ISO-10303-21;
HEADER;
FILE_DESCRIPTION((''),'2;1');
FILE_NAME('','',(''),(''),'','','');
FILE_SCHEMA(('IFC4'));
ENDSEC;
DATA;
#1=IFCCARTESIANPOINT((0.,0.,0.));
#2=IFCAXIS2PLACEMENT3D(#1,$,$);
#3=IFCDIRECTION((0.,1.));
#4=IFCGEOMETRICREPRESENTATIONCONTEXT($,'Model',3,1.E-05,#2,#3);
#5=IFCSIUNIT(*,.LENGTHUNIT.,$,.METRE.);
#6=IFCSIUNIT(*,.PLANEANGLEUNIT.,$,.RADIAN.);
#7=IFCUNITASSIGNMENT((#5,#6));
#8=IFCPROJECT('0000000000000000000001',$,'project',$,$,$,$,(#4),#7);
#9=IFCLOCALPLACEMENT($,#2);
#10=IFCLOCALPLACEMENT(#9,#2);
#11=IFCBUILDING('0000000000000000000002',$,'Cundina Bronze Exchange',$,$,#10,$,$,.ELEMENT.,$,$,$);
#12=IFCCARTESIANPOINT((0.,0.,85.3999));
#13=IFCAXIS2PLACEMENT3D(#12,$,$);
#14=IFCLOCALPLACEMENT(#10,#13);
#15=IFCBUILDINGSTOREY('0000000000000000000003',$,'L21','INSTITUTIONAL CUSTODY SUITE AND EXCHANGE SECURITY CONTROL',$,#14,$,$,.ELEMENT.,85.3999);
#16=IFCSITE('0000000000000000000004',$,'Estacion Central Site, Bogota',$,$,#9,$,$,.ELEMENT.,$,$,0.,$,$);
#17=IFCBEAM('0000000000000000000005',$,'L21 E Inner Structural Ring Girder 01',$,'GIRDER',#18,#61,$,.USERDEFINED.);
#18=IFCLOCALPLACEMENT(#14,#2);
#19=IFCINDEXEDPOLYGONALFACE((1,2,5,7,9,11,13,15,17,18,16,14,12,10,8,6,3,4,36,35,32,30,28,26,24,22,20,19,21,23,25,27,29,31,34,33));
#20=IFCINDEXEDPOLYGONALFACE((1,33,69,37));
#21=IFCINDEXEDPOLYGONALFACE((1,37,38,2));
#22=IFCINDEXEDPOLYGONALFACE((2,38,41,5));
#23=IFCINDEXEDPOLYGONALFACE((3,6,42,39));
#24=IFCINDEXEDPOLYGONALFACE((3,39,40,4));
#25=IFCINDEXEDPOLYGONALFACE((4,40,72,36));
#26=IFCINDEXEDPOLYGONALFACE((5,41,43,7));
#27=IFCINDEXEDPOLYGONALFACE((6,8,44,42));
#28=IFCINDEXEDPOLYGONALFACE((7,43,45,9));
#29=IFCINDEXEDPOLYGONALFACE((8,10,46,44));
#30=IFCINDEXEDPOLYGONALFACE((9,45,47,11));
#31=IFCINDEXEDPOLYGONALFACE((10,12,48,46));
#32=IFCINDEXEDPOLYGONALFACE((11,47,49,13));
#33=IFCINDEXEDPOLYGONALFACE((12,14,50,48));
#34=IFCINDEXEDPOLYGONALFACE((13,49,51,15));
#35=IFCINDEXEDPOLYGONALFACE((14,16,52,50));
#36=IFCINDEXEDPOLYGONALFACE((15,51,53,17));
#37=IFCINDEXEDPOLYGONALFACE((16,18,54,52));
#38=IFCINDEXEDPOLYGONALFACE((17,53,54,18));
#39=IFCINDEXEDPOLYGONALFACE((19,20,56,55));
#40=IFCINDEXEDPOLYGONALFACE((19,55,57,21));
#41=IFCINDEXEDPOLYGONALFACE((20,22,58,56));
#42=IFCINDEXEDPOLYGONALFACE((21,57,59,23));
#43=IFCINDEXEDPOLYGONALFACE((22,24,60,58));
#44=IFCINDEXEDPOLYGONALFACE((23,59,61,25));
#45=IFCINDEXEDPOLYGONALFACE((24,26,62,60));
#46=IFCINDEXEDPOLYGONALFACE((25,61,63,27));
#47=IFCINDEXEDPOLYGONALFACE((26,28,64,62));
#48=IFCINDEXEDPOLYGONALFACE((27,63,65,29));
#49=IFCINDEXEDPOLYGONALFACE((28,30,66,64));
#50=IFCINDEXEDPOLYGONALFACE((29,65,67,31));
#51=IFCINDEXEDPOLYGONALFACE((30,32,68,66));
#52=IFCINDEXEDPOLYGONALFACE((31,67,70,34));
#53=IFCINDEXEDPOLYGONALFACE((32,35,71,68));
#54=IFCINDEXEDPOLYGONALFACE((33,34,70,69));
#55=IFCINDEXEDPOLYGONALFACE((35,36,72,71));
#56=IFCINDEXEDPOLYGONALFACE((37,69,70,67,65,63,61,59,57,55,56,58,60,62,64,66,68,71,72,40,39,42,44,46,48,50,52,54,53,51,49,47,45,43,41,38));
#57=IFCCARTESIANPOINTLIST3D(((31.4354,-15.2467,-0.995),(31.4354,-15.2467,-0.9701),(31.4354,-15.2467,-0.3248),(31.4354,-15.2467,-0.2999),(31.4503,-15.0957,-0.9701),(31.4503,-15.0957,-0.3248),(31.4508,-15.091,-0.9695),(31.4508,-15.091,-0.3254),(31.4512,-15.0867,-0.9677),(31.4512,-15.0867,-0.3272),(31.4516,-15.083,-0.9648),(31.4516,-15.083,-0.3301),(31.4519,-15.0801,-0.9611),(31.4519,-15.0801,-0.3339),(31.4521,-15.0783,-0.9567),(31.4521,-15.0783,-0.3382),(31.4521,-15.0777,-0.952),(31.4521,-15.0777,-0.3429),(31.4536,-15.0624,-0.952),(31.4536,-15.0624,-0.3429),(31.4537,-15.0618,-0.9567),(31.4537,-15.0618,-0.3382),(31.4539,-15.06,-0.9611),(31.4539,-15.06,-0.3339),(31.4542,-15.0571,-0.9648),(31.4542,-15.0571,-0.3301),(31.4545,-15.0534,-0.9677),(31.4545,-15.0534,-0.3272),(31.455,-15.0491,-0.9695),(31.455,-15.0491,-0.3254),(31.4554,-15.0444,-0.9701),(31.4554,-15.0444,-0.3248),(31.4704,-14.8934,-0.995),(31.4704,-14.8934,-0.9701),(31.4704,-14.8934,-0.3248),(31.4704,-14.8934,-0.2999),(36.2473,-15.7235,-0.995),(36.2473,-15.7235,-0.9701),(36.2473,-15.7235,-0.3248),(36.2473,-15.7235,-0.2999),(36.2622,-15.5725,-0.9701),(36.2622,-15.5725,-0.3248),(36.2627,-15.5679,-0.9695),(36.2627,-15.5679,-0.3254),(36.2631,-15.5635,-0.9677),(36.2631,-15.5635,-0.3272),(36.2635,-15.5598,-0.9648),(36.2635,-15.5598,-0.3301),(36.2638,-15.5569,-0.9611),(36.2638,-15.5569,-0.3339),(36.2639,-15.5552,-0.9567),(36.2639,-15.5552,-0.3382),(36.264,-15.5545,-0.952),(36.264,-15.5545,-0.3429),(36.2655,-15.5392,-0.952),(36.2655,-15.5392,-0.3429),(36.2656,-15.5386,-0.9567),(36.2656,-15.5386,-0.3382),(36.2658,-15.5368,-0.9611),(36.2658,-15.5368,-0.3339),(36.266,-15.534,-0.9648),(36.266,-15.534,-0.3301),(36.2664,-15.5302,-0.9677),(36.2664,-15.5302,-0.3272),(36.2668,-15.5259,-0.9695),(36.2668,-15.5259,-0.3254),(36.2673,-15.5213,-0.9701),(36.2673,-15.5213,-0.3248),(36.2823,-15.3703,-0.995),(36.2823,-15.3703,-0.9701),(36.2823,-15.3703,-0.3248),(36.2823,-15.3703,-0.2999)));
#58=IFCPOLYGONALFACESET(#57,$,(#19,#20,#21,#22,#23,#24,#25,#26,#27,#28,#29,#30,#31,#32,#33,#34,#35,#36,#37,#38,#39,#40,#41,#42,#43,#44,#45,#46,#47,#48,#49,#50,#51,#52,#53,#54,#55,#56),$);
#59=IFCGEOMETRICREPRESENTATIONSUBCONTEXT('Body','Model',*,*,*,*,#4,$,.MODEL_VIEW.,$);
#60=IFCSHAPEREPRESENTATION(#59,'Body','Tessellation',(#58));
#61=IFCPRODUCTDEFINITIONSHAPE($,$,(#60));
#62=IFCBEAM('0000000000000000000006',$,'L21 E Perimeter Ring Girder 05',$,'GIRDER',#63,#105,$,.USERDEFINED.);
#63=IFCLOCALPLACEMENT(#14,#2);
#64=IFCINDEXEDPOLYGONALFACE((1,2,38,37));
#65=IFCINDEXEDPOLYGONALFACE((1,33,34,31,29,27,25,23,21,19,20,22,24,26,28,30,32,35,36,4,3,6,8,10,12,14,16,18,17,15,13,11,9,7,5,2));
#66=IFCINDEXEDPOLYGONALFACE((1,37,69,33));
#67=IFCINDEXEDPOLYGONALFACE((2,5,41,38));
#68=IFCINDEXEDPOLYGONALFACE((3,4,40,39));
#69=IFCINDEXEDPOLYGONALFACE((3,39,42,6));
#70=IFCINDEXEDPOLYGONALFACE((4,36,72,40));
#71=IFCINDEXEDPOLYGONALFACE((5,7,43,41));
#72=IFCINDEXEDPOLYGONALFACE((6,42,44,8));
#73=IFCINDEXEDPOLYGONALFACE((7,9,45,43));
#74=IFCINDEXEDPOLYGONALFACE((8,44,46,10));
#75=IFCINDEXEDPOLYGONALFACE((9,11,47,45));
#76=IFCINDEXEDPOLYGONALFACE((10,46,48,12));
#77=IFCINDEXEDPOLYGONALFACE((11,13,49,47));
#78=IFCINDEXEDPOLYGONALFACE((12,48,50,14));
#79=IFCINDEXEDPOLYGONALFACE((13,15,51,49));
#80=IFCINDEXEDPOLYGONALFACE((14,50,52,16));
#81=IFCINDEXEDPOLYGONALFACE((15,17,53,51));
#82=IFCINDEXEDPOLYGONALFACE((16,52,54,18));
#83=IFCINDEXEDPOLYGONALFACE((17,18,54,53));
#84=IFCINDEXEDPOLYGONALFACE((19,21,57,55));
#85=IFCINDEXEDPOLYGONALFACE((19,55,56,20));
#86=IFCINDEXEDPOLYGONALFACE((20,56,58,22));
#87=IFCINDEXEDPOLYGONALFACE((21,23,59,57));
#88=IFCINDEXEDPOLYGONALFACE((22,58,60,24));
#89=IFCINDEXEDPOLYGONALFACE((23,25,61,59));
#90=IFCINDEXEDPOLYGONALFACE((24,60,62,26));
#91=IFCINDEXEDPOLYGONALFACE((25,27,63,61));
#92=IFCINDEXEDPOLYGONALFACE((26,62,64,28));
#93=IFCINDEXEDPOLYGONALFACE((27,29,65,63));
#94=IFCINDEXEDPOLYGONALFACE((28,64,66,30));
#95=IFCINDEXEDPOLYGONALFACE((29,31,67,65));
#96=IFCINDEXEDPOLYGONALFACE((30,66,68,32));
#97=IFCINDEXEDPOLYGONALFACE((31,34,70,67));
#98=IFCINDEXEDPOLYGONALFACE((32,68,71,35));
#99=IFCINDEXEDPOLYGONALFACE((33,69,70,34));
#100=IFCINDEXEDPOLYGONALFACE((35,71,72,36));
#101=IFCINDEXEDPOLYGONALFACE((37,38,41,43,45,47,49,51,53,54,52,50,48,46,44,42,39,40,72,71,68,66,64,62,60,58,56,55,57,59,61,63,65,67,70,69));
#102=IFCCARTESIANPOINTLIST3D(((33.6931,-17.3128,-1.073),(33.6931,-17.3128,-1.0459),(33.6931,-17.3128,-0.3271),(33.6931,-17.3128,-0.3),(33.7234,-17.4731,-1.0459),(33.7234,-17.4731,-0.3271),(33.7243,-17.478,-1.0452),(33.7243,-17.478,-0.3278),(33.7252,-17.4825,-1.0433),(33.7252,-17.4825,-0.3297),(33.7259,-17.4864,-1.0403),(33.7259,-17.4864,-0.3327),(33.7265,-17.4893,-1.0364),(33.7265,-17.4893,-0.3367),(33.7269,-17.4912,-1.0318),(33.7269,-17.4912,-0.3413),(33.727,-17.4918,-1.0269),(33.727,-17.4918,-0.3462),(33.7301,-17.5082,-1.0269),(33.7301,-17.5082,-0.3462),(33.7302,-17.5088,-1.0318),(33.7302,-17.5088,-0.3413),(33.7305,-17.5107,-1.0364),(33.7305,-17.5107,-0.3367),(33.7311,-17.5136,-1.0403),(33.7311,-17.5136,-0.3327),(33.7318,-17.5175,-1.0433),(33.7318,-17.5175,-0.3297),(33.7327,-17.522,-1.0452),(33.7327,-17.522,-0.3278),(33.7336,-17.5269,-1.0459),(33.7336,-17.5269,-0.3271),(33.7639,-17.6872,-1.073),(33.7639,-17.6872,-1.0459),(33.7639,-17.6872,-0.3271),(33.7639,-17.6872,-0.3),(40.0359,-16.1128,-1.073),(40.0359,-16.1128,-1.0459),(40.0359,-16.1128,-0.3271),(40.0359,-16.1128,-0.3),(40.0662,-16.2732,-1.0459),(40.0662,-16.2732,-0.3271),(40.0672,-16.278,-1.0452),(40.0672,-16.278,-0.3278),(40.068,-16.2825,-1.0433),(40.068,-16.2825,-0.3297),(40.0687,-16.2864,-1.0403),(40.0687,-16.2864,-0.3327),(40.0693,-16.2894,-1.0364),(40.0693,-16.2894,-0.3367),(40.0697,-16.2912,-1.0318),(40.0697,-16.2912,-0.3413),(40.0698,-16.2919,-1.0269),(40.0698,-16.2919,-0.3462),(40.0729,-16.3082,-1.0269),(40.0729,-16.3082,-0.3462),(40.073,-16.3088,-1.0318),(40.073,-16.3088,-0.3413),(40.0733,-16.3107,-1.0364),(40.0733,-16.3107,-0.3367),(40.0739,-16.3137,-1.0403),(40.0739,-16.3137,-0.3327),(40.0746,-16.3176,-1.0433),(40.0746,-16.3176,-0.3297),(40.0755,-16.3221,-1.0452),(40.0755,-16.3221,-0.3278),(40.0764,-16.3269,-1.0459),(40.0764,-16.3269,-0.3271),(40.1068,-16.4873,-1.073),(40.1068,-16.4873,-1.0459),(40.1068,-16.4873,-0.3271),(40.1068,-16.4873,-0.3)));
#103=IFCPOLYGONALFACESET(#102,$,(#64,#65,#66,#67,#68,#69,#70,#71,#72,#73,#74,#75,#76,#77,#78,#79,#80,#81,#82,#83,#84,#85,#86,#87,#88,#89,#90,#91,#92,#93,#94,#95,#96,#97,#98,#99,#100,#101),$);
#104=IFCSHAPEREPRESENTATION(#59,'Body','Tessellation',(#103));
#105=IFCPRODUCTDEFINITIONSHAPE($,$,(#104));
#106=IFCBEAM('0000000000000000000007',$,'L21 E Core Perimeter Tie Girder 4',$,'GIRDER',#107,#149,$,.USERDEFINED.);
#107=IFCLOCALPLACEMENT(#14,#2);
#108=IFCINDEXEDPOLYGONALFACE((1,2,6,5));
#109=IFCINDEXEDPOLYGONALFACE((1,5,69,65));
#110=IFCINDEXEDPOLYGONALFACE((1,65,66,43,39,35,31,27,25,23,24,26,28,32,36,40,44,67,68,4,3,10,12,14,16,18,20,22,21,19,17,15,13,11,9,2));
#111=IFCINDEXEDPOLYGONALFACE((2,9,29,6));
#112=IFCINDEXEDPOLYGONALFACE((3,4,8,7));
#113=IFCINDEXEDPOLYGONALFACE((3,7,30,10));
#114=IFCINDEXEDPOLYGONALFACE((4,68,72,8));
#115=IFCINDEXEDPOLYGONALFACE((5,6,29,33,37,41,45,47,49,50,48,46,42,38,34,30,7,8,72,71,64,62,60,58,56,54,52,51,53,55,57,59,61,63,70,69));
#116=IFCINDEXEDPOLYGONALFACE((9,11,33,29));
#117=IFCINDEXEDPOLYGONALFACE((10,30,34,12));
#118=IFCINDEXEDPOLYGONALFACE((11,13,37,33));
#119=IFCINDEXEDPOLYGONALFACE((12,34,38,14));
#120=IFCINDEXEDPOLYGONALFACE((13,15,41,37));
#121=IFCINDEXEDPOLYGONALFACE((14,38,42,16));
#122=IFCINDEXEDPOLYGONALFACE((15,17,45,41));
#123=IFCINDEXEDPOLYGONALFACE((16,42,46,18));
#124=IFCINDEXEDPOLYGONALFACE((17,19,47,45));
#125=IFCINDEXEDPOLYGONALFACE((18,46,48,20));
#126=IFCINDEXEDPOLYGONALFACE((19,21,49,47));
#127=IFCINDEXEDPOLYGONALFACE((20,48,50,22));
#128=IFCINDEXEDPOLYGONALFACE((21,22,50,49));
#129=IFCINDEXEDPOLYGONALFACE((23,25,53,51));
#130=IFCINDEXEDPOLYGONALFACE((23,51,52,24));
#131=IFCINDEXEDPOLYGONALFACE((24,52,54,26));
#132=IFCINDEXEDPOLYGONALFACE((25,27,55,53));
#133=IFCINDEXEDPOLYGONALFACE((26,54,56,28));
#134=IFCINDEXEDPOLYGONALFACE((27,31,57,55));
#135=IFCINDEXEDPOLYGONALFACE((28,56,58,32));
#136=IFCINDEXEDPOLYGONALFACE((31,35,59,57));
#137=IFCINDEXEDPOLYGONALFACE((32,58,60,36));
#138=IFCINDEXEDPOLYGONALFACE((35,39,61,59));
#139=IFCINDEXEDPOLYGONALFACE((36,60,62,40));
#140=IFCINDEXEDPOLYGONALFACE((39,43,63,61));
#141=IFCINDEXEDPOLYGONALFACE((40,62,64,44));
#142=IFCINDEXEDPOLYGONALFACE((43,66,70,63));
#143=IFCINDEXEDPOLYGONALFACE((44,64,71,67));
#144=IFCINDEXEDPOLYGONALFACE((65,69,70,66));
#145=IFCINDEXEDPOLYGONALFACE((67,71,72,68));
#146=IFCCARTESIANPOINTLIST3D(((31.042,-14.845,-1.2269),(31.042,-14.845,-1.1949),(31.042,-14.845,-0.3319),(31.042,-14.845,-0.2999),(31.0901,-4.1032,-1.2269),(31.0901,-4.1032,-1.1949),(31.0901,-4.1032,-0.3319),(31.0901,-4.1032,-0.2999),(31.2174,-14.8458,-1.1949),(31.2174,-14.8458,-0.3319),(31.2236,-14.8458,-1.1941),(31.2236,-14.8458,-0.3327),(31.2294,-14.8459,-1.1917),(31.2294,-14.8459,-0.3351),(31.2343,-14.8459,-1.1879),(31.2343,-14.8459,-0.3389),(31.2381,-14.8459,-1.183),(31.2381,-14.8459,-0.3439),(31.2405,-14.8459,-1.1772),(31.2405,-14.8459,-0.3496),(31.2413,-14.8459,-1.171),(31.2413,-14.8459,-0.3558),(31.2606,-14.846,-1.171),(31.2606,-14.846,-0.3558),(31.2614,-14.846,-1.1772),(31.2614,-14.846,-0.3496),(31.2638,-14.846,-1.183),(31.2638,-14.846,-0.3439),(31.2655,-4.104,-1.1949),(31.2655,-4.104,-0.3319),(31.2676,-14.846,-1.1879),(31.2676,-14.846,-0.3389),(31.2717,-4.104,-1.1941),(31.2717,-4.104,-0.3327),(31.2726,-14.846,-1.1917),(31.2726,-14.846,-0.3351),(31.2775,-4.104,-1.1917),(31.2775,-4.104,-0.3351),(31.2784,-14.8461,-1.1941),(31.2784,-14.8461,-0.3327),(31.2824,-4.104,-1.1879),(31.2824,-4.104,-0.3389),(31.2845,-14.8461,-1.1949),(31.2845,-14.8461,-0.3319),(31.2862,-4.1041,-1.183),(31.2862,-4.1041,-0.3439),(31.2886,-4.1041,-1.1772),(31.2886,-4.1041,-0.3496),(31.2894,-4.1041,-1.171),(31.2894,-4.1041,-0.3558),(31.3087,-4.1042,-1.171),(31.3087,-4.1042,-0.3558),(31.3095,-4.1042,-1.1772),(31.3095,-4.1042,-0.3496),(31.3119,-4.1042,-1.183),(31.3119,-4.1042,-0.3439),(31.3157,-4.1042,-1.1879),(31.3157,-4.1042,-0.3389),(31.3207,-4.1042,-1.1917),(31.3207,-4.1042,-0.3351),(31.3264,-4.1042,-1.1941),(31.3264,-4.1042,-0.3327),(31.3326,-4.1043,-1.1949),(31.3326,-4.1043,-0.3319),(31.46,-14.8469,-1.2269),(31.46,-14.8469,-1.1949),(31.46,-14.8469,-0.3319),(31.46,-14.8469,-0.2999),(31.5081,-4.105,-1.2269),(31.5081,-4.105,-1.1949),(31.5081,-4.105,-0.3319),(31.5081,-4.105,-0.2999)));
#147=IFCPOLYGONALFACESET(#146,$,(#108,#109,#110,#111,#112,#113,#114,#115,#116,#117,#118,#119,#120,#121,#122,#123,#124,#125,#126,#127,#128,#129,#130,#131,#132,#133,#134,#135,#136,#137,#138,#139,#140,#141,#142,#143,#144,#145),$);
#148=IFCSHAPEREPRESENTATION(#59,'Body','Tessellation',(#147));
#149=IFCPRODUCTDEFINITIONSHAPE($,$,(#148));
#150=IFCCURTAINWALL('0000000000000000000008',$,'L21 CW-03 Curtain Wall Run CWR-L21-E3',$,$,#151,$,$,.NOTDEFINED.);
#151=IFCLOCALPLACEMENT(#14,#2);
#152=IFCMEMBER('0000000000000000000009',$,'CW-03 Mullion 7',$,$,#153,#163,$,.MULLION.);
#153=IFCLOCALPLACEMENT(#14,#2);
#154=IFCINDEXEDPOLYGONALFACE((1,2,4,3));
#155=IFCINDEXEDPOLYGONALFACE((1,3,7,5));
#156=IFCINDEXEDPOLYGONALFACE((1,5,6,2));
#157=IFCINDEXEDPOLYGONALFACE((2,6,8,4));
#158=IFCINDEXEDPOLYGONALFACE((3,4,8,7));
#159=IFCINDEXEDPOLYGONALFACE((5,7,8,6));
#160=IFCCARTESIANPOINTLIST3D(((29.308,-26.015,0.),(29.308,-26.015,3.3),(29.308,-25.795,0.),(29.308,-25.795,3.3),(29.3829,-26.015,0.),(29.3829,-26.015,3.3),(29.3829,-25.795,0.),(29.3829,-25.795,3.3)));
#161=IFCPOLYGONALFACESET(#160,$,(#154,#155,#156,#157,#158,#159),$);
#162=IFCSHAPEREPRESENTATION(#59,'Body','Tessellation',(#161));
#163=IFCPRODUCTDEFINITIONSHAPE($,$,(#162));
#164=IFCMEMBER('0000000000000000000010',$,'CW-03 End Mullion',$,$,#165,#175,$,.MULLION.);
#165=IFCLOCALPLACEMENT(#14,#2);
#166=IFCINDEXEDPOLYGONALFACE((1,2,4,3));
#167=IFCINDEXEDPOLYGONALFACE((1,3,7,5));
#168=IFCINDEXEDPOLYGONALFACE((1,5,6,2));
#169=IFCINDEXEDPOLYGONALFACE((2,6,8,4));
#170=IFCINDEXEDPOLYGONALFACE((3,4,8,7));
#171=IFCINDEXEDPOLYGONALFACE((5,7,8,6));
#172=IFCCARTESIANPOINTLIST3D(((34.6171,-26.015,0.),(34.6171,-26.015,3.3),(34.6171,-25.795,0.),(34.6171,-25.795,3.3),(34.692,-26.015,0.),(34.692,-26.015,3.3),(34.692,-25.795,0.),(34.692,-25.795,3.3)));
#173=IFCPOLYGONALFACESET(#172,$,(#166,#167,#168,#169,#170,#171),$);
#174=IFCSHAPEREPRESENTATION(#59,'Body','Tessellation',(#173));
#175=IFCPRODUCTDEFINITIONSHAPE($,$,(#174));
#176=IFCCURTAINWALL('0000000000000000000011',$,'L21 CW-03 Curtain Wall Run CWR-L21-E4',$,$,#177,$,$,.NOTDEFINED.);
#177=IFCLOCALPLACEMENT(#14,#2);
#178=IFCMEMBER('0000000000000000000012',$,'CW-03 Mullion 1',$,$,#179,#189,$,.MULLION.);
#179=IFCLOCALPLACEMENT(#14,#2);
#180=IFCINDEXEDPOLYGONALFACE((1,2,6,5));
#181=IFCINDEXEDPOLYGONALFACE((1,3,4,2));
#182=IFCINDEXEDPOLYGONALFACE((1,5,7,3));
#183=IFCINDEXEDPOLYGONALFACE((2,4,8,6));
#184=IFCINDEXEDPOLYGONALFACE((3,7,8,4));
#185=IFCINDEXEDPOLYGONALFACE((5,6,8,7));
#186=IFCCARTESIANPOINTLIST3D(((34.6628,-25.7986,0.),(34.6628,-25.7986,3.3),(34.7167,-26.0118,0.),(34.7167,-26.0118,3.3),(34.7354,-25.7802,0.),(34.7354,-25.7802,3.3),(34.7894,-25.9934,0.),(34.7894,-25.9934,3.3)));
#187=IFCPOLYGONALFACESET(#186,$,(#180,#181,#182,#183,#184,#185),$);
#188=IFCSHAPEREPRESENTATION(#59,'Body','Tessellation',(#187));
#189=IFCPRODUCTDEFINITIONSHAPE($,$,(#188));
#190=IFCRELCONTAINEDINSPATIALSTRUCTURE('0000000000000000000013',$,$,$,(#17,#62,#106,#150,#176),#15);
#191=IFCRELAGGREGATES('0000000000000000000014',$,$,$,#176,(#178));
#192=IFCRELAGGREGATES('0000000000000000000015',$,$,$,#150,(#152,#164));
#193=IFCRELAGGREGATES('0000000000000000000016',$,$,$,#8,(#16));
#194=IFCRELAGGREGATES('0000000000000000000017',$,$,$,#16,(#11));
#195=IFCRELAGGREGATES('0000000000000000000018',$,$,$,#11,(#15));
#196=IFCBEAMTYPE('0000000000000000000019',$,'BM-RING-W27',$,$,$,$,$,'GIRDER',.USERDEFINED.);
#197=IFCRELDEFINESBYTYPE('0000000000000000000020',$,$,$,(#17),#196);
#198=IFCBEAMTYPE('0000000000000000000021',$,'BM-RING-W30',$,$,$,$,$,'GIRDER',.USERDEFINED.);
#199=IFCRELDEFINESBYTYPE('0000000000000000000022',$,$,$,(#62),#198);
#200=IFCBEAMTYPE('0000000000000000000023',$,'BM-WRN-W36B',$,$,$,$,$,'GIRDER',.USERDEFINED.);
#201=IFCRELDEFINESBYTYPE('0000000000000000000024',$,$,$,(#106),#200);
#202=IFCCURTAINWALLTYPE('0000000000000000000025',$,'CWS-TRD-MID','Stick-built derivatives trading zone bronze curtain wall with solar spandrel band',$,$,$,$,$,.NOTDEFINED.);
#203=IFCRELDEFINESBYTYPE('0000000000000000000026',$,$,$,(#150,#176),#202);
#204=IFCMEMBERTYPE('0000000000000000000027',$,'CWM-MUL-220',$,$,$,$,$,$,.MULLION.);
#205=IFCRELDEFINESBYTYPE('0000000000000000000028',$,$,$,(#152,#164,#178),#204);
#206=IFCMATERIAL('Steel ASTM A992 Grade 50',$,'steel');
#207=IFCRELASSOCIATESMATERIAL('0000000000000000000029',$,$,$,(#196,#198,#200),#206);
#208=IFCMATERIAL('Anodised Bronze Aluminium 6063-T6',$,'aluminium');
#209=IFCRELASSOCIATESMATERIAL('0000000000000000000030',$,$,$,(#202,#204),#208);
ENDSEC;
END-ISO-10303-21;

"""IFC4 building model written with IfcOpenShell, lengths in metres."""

from ifc_helpers import new_model, si_unit, direction, frame, origin, origin_2d, place, context, subcontext, project, spatial, rectangle, i_section, extrude, material, material_profile, profile_set, type_object, element, aggregate, save


model = new_model("IFC4")

# Units and contexts
model_context = context("Model", 3, precision=1e-05, world=origin(), true_north=direction((0.0, 1.0)))
body_context = subcontext(model_context, "Body", "Model", "MODEL_VIEW")
ifc_project = project(units=[si_unit("LENGTHUNIT", "METRE"), si_unit("PLANEANGLEUNIT", "RADIAN")], contexts=[model_context])

# Site, building, storey
site_placement = place(None, origin())
site = spatial("IfcSite", under=ifc_project, at=site_placement, Name="Estacion Central Site, Bogota", CompositionType="ELEMENT", RefElevation=0.0)
building_placement = place(site_placement, origin())
building = spatial("IfcBuilding", under=site, at=building_placement, Name="Cundina Bronze Exchange", CompositionType="ELEMENT")
storey_placement = place(building_placement, frame((0.0, 0.0, 85.3999)))
storey = spatial("IfcBuildingStorey", under=building, at=storey_placement, Name="L21", Description="INSTITUTIONAL CUSTODY SUITE AND EXCHANGE SECURITY CONTROL", CompositionType="ELEMENT", Elevation=85.3999)

# Shared definitions
ifc_material_1 = material(Name="Steel ASTM A992 Grade 50", Category="steel")

# Beams
ifc_material_profile_1 = material_profile(ifc_material_1, i_section(OverallWidth=0.355, OverallDepth=0.6951, WebThickness=0.0154, FlangeThickness=0.0249, FilletRadius=0.0181, at=origin_2d()), Name="W27X146", Category="steel")
ifc_profile_set_1 = profile_set([ifc_material_profile_1], Name="Steel ASTM A992 Grade 50")
beam_type_1 = type_object("IfcBeamType", Name="BM-RING-W27", ElementType="GIRDER", PredefinedType="USERDEFINED", material=ifc_profile_set_1)
beam_1_placement = place(storey_placement, frame((31.4529, -15.0701, -0.6475), z_axis=(0.995126, -0.098609, 0.0), x_axis=(0.098609, 0.995126, 0.0)))
element("IfcBeam", 1, at=beam_1_placement, inside=storey, type_object=beam_type_1, Name="L21 E Inner Structural Ring Girder 01", ObjectType="GIRDER", PredefinedType="USERDEFINED", context=body_context, shape_type="SweptSolid", body=[
    extrude(i_section(OverallWidth=0.355, OverallDepth=0.6951, WebThickness=0.0154, FlangeThickness=0.0249, FilletRadius=0.0181, at=origin_2d()), origin(), (0.0, 0.0, 1.0), 4.8354),
])
ifc_material_profile_2 = material_profile(ifc_material_1, i_section(OverallWidth=0.3811, OverallDepth=0.7729, WebThickness=0.0166, FlangeThickness=0.0271, FilletRadius=0.019, at=origin_2d()), Name="W30X173", Category="steel")
ifc_profile_set_2 = profile_set([ifc_material_profile_2], Name="Steel ASTM A992 Grade 50")
beam_type_2 = type_object("IfcBeamType", Name="BM-RING-W30", ElementType="GIRDER", PredefinedType="USERDEFINED", material=ifc_profile_set_2)
beam_2_placement = place(storey_placement, frame((33.7285, -17.5, -0.6865), z_axis=(0.982571, 0.185887, 0.0), x_axis=(-0.185887, 0.982571, 0.0)))
element("IfcBeam", 2, at=beam_2_placement, inside=storey, type_object=beam_type_2, Name="L21 E Perimeter Ring Girder 05", ObjectType="GIRDER", PredefinedType="USERDEFINED", context=body_context, shape_type="SweptSolid", body=[
    extrude(i_section(OverallWidth=0.3811, OverallDepth=0.7729, WebThickness=0.0166, FlangeThickness=0.0271, FilletRadius=0.019, at=origin_2d()), origin(), (0.0, 0.0, 1.0), 6.4553),
])
ifc_material_profile_3 = material_profile(ifc_material_1, i_section(OverallWidth=0.418, OverallDepth=0.927, WebThickness=0.0193, FlangeThickness=0.032, FilletRadius=0.0239, at=origin_2d()), Name="W36X231", Category="steel")
ifc_profile_set_3 = profile_set([ifc_material_profile_3], Name="Steel ASTM A992 Grade 50")
beam_type_3 = type_object("IfcBeamType", Name="BM-WRN-W36B", ElementType="GIRDER", PredefinedType="USERDEFINED", material=ifc_profile_set_3)
beam_3_placement = place(storey_placement, frame((31.251, -14.8459, -0.7634), z_axis=(0.004477, 0.99999, 0.0), x_axis=(-0.99999, 0.004477, 0.0)))
element("IfcBeam", 3, at=beam_3_placement, inside=storey, type_object=beam_type_3, Name="L21 E Core Perimeter Tie Girder 4", ObjectType="GIRDER", PredefinedType="USERDEFINED", context=body_context, shape_type="SweptSolid", body=[
    extrude(i_section(OverallWidth=0.418, OverallDepth=0.927, WebThickness=0.0193, FlangeThickness=0.032, FilletRadius=0.0239, at=origin_2d()), origin(), (0.0, 0.0, 1.0), 10.7419),
])

# Curtain wall, members
ifc_material_2 = material(Name="Anodised Bronze Aluminium 6063-T6", Category="aluminium")
curtain_wall_type = type_object("IfcCurtainWallType", Name="CWS-TRD-MID", Description="Stick-built derivatives trading zone bronze curtain wall with solar spandrel band", PredefinedType="NOTDEFINED", material=ifc_material_2)
curtain_wall_1_placement = place(storey_placement, origin())
curtain_wall_1 = element("IfcCurtainWall", 4, at=curtain_wall_1_placement, inside=storey, type_object=curtain_wall_type, Name="L21 CW-03 Curtain Wall Run CWR-L21-E3", PredefinedType="NOTDEFINED")
ifc_material_profile_4 = material_profile(ifc_material_2, rectangle(XDim=0.075, YDim=0.22, at=origin_2d()), Name="AL75X220", Category="aluminium")
ifc_profile_set_4 = profile_set([ifc_material_profile_4], Name="Anodised Bronze Aluminium 6063-T6")
member_type_1 = type_object("IfcMemberType", Name="CWM-MUL-220", PredefinedType="MULLION", material=ifc_profile_set_4)
member_1_placement = place(storey_placement, frame((29.3455, -25.905, 0.0), z_axis=(0.0, 0.0, 1.0), x_axis=(1.0, 0.0, 0.0)))
member_1 = element("IfcMember", 5, at=member_1_placement, type_object=member_type_1, Name="CW-03 Mullion 7", PredefinedType="MULLION", context=body_context, shape_type="SweptSolid", body=[
    extrude(rectangle(XDim=0.075, YDim=0.22, at=origin_2d()), origin(), (0.0, 0.0, 1.0), 3.3),
])
member_2_placement = place(storey_placement, frame((34.6545, -25.905, 0.0), z_axis=(0.0, 0.0, 1.0), x_axis=(1.0, 0.0, 0.0)))
member_2 = element("IfcMember", 6, at=member_2_placement, type_object=member_type_1, Name="CW-03 End Mullion", PredefinedType="MULLION", context=body_context, shape_type="SweptSolid", body=[
    extrude(rectangle(XDim=0.075, YDim=0.22, at=origin_2d()), origin(), (0.0, 0.0, 1.0), 3.3),
])

# Curtain wall, member
curtain_wall_2_placement = place(storey_placement, origin())
curtain_wall_2 = element("IfcCurtainWall", 7, at=curtain_wall_2_placement, inside=storey, type_object=curtain_wall_type, Name="L21 CW-03 Curtain Wall Run CWR-L21-E4", PredefinedType="NOTDEFINED")
member_3_placement = place(storey_placement, frame((34.7261, -25.896, 0.0), z_axis=(0.0, 0.0, 1.0), x_axis=(0.969488, 0.245138, 0.0)))
member_3 = element("IfcMember", 8, at=member_3_placement, type_object=member_type_1, Name="CW-03 Mullion 1", PredefinedType="MULLION", context=body_context, shape_type="SweptSolid", body=[
    extrude(rectangle(XDim=0.075, YDim=0.22, at=origin_2d()), origin(), (0.0, 0.0, 1.0), 3.3),
])
aggregate(curtain_wall_2, [member_3])

aggregate(curtain_wall_1, [member_1, member_2])

save(model, "model.ifc")
